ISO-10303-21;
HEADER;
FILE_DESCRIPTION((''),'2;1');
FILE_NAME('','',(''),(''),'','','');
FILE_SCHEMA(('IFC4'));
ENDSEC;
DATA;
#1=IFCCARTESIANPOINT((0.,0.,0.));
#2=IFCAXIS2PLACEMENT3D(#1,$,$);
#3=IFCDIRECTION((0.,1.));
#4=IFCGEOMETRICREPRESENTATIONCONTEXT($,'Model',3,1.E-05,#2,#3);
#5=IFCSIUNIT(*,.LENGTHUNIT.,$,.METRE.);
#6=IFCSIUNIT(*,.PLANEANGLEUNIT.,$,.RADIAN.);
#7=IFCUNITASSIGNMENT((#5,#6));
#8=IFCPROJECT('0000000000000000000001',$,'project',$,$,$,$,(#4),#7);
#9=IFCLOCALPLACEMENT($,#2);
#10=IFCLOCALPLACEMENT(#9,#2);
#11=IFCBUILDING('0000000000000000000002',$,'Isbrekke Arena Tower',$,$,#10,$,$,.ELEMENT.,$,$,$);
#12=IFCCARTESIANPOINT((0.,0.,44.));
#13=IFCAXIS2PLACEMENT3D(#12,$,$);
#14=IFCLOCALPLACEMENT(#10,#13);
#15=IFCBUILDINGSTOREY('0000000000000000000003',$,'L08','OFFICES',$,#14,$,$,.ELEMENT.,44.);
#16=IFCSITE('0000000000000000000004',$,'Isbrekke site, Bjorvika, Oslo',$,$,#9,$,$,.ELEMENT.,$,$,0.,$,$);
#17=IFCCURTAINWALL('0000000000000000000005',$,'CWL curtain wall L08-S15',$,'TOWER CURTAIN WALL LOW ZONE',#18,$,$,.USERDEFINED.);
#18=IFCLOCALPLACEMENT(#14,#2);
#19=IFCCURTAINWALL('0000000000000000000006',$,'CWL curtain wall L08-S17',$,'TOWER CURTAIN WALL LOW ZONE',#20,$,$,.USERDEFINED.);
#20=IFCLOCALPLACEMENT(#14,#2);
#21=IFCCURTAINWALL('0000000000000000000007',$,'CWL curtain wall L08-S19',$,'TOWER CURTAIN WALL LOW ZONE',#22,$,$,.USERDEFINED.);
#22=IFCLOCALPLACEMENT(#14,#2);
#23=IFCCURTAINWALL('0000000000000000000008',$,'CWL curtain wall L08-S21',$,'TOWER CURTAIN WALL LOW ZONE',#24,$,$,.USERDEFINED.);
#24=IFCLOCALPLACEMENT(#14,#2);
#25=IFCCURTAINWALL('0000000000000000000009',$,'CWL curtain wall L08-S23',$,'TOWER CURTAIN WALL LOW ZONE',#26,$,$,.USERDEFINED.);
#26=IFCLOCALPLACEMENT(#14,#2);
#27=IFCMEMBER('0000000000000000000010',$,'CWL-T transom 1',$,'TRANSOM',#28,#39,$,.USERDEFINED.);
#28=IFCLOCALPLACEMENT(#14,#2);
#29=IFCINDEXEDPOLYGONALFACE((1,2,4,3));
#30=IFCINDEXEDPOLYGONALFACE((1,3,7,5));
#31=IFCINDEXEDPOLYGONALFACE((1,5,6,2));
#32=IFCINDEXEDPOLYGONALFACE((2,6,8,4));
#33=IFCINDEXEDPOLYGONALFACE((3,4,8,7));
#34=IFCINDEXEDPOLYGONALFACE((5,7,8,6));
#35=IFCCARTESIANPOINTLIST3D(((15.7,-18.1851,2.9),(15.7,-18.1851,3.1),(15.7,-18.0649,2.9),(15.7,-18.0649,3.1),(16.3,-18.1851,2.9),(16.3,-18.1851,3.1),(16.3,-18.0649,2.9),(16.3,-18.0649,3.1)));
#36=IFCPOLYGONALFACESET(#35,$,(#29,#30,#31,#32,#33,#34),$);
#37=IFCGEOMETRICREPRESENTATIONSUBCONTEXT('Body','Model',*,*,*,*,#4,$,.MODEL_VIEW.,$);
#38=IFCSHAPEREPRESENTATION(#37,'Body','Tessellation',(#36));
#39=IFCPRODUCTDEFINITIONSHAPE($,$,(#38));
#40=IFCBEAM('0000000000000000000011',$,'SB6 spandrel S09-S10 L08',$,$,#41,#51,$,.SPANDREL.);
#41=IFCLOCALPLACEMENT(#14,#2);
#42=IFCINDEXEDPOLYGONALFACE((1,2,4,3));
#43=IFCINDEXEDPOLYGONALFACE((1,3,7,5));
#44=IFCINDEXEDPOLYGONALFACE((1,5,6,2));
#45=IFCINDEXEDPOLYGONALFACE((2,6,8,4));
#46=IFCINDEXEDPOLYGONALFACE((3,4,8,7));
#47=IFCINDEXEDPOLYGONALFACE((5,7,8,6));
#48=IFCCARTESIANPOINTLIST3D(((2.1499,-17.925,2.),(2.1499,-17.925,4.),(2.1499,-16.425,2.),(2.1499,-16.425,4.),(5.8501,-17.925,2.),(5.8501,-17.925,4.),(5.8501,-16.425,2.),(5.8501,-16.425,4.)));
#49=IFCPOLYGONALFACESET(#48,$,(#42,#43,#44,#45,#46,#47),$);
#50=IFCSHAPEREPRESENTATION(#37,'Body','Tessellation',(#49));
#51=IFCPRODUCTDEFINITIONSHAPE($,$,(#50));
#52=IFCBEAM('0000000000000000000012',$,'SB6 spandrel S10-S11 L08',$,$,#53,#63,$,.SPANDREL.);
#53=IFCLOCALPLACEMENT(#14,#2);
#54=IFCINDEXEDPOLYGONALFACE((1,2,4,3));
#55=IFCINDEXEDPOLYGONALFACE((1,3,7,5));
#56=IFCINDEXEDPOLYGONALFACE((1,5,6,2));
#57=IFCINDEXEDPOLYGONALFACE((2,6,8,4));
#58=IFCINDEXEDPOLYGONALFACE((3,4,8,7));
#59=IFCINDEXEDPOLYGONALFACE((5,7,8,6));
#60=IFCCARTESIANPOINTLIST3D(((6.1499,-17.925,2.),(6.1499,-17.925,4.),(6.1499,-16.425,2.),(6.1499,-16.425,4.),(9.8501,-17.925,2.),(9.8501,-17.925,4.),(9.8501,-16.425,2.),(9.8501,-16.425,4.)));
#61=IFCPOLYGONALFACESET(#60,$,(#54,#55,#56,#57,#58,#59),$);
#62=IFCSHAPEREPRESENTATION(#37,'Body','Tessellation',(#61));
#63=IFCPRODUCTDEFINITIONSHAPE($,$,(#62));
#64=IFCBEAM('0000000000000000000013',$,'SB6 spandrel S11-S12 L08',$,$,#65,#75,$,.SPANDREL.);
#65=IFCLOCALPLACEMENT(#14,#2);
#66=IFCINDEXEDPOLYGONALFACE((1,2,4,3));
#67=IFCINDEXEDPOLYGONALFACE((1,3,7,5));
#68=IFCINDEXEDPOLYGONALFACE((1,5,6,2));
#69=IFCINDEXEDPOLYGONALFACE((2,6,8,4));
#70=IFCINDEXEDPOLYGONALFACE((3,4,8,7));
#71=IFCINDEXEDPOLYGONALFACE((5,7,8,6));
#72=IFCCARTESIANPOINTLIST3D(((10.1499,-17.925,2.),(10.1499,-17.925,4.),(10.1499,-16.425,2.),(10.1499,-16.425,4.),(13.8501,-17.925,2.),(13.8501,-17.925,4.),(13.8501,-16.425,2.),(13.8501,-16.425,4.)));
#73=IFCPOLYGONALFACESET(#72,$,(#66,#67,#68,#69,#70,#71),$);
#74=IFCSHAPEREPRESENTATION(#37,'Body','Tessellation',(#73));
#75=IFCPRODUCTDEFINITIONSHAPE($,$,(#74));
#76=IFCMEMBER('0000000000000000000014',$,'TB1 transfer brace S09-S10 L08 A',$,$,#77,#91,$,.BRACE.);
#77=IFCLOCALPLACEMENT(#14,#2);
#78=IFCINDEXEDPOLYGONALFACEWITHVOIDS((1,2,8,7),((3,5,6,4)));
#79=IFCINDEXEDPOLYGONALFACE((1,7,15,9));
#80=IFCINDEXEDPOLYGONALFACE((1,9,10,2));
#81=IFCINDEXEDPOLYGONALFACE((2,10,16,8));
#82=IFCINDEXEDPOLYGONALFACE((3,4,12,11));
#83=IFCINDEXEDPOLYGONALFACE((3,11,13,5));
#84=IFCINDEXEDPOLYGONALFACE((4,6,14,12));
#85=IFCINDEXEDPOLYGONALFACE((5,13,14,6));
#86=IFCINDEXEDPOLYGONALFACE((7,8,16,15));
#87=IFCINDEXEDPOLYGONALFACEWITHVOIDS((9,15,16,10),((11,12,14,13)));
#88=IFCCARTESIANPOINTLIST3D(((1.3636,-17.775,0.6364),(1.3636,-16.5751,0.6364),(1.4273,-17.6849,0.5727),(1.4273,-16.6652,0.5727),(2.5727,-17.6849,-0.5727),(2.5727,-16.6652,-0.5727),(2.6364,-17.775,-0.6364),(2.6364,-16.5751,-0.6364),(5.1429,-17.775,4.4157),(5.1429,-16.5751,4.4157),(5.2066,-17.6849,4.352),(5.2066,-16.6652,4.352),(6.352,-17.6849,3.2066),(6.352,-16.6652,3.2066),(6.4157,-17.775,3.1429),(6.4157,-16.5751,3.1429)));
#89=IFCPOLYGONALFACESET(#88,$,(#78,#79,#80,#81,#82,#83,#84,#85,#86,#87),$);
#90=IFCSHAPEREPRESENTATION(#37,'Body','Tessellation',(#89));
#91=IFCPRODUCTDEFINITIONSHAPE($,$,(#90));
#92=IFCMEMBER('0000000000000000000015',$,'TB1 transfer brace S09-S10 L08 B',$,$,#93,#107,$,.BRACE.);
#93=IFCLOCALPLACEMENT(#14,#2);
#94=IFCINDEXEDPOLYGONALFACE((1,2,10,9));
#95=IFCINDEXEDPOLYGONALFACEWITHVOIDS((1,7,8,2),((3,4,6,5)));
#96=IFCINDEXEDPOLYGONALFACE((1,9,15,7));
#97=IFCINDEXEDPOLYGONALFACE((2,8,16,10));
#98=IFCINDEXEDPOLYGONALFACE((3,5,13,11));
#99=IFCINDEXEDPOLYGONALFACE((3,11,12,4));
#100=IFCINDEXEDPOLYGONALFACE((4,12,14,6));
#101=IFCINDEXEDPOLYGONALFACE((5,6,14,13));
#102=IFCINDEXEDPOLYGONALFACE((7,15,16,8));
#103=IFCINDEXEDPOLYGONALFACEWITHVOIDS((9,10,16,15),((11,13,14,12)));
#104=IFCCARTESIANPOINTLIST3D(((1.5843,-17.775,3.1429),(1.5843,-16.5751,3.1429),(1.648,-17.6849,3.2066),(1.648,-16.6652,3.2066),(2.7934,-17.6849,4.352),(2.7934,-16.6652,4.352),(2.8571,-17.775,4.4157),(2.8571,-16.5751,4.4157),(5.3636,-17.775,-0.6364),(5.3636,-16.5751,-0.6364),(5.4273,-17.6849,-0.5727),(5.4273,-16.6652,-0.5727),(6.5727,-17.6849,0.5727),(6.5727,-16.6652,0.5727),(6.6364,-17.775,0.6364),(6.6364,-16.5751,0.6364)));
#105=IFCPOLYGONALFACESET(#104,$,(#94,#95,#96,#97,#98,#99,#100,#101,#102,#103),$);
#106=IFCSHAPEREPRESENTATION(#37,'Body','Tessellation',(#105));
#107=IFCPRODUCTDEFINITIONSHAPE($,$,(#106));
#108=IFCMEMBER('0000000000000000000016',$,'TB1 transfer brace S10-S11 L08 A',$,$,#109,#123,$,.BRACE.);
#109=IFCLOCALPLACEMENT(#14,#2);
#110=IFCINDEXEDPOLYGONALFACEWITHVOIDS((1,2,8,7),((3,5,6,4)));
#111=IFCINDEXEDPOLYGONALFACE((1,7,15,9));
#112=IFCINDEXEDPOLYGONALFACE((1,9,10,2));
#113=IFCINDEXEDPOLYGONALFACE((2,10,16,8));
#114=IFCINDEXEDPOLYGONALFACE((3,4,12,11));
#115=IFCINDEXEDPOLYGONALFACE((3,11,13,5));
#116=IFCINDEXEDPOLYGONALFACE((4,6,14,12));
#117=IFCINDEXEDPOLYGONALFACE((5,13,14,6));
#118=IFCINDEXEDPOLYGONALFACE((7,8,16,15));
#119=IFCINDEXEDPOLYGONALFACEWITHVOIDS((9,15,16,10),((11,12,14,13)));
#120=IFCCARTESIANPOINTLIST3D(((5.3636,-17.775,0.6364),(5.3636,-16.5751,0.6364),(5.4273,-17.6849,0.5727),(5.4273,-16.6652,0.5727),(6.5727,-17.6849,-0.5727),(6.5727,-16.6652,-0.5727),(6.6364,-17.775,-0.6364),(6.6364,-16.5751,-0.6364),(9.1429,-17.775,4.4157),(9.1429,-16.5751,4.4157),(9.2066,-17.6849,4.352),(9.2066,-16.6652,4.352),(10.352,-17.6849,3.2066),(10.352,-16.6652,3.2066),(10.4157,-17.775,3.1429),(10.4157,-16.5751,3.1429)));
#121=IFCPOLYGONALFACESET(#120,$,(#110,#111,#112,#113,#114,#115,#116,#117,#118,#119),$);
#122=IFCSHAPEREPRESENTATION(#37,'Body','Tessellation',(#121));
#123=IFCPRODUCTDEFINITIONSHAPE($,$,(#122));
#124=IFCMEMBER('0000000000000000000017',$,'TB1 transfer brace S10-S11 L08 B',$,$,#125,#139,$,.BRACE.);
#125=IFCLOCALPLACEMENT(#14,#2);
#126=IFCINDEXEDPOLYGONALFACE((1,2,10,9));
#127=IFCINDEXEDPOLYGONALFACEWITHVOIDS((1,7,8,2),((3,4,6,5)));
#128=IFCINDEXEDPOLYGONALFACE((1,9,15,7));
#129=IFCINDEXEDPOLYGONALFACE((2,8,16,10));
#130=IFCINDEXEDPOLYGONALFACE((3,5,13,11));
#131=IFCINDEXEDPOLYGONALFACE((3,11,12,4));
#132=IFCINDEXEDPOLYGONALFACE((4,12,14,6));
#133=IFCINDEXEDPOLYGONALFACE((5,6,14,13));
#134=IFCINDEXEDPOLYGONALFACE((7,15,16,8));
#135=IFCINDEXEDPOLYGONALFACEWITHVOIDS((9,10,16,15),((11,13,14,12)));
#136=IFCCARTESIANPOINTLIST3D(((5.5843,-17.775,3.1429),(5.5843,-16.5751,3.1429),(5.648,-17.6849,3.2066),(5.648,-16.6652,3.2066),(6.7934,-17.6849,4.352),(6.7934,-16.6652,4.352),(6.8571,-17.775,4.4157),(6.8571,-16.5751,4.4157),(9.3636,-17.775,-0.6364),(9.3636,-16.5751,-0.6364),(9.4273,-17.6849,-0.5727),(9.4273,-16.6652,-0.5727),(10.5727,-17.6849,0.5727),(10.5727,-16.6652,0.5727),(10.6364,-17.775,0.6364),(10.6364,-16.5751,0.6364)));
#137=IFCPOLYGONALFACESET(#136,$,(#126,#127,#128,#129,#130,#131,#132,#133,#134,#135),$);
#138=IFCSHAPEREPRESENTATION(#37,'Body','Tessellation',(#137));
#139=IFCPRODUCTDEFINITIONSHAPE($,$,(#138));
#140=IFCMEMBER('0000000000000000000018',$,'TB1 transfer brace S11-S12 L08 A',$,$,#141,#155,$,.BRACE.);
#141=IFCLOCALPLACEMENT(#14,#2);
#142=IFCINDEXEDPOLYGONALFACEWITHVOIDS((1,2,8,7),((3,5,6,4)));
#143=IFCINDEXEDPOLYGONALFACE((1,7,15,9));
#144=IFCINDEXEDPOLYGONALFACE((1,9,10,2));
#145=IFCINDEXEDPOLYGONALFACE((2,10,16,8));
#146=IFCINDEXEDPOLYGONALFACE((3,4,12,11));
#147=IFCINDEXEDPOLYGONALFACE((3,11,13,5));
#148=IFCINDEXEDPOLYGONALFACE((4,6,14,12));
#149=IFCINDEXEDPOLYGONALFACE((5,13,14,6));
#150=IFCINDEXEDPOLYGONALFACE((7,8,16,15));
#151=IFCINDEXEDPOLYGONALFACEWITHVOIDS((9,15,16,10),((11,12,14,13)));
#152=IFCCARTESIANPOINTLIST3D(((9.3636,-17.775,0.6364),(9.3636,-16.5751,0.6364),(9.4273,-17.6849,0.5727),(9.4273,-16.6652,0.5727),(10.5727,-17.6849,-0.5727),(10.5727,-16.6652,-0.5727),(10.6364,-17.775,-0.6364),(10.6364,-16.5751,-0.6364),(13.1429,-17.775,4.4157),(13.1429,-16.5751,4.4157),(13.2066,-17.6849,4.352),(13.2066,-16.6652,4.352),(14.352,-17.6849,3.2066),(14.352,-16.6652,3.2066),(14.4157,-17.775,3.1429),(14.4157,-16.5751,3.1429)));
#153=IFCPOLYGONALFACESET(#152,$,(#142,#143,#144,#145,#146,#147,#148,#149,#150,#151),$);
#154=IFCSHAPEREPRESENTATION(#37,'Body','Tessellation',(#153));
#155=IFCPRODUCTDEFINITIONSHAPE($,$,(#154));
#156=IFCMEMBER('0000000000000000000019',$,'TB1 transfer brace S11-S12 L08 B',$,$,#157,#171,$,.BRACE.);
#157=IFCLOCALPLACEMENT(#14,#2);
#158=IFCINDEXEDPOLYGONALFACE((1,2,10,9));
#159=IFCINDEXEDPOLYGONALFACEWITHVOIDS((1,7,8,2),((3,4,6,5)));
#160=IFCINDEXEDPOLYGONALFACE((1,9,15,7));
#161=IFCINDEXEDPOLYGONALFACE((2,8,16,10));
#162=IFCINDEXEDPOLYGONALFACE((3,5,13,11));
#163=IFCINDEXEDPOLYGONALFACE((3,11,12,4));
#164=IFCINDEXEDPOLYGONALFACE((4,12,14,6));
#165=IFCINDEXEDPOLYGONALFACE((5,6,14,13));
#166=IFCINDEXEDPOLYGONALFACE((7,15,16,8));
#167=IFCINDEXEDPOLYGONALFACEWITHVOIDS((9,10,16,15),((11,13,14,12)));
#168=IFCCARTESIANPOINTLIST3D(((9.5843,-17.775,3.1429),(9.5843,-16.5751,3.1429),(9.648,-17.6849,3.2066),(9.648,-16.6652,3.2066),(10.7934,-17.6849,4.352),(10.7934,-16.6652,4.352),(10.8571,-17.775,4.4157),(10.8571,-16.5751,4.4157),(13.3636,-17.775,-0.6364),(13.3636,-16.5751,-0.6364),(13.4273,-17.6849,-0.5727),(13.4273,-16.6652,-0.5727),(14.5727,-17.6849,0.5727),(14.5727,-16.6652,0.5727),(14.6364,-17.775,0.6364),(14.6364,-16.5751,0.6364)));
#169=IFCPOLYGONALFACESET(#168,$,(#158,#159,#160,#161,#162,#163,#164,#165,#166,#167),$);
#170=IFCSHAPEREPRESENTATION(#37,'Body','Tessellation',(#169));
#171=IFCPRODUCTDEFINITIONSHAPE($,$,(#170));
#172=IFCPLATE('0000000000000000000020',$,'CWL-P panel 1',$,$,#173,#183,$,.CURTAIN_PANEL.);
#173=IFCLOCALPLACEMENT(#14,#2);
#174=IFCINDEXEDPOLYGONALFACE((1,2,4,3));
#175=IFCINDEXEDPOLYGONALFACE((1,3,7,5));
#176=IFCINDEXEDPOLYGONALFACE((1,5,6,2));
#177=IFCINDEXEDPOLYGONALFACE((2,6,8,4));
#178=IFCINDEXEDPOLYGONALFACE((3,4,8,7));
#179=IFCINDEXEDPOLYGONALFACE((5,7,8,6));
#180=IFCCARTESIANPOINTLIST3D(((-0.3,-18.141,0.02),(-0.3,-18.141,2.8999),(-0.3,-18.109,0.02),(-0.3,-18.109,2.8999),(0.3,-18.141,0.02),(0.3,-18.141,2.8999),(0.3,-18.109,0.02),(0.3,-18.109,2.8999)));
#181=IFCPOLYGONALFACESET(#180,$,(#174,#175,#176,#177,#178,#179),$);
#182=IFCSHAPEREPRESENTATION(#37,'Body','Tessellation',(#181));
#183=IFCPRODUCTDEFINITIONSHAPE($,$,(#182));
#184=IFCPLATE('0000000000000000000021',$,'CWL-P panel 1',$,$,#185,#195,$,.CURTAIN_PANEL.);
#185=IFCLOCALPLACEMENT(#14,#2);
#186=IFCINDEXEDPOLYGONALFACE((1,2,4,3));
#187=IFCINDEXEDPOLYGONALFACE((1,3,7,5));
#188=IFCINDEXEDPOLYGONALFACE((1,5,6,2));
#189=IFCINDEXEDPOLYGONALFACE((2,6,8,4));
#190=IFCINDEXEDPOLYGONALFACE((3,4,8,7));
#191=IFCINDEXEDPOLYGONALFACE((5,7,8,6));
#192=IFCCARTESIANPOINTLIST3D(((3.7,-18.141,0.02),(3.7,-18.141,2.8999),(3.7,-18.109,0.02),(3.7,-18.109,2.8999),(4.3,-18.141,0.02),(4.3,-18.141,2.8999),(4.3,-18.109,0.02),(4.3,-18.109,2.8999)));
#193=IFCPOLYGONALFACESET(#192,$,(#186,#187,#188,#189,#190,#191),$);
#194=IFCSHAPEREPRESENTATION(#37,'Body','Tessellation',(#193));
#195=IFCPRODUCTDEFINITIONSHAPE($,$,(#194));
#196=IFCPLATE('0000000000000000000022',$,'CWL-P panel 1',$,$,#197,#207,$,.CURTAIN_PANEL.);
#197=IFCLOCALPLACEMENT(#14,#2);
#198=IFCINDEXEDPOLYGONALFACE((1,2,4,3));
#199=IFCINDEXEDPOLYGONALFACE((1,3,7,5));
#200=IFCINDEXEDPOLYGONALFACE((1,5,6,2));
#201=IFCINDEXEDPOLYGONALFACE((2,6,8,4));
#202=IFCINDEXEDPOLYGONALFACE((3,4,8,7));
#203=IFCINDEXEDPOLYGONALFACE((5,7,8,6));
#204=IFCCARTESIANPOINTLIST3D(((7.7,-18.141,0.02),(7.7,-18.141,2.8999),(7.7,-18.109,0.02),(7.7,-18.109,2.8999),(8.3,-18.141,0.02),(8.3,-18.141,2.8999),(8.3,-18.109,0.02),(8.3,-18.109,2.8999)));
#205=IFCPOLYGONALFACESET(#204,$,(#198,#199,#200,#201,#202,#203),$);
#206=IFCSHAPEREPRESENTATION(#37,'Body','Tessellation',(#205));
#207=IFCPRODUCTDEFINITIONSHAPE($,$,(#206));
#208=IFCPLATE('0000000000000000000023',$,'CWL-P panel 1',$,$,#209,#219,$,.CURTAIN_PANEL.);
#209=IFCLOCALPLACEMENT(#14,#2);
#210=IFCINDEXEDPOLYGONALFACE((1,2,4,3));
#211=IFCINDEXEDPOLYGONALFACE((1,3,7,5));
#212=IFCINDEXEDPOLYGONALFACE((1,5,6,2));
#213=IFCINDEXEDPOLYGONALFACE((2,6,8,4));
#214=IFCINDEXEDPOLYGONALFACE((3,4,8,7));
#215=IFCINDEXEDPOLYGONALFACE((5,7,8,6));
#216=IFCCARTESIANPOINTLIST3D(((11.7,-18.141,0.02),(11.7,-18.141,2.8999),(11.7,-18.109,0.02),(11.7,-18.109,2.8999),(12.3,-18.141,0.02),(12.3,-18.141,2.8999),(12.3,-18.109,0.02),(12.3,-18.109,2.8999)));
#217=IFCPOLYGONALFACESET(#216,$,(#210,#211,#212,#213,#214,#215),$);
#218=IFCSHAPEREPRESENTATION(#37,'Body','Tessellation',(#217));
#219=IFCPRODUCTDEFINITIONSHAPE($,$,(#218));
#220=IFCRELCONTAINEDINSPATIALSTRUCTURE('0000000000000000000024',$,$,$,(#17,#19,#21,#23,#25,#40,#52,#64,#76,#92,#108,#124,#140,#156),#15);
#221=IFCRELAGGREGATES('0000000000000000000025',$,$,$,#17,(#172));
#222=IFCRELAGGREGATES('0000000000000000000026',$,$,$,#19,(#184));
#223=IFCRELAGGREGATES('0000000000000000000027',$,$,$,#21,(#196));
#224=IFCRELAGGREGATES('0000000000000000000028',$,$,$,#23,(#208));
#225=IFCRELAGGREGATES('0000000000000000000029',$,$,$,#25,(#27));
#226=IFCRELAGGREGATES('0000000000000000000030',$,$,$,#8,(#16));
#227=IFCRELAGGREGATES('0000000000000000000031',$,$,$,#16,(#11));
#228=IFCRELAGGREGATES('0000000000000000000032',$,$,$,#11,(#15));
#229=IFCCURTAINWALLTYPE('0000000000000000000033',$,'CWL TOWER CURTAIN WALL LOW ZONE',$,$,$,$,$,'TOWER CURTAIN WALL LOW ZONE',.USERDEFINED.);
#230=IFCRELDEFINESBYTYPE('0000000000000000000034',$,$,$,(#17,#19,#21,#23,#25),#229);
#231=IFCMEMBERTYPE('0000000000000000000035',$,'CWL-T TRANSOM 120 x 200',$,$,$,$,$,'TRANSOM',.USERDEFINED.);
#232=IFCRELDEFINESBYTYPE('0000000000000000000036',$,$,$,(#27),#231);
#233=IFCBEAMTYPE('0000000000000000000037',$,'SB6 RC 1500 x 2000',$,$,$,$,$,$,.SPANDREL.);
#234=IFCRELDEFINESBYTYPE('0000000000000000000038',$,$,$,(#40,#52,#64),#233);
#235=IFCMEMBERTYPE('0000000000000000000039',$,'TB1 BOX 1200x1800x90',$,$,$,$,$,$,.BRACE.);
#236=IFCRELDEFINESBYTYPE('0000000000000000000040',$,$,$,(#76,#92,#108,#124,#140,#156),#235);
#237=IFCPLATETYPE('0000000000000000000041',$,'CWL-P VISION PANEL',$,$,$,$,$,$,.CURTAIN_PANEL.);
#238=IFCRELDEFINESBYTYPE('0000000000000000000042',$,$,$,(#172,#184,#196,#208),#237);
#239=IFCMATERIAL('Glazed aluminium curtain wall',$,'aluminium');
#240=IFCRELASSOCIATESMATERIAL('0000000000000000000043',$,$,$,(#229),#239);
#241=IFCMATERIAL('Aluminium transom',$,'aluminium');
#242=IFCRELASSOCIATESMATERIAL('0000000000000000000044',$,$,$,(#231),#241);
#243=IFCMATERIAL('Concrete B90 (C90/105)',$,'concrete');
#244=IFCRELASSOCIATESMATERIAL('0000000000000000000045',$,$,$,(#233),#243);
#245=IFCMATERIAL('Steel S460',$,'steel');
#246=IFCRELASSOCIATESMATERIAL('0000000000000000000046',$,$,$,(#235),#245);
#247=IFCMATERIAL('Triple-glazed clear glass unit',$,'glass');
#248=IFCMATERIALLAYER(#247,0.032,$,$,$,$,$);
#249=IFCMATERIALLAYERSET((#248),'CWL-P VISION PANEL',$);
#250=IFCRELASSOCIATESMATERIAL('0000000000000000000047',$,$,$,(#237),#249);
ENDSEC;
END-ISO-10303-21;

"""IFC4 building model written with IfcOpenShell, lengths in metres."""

from ifc_helpers import new_model, si_unit, direction, frame, origin, origin_2d, place, context, subcontext, project, spatial, rectangle, hollow_rectangle, extrude, material, layer, layer_set, material_profile, profile_set, type_object, element, aggregate, save


model = new_model("IFC4")

# Units and contexts
model_context = context("Model", 3, precision=1e-05, world=origin(), true_north=direction((0.0, 1.0)))
body_context = subcontext(model_context, "Body", "Model", "MODEL_VIEW")
ifc_project = project(units=[si_unit("LENGTHUNIT", "METRE"), si_unit("PLANEANGLEUNIT", "RADIAN")], contexts=[model_context])

# Site, building, storey
site_placement = place(None, origin())
site = spatial("IfcSite", under=ifc_project, at=site_placement, Name="Isbrekke site, Bjorvika, Oslo", CompositionType="ELEMENT", RefElevation=0.0)
building_placement = place(site_placement, origin())
building = spatial("IfcBuilding", under=site, at=building_placement, Name="Isbrekke Arena Tower", CompositionType="ELEMENT")
storey_placement = place(building_placement, frame((0.0, 0.0, 44.0)))
storey = spatial("IfcBuildingStorey", under=building, at=storey_placement, Name="L08", Description="OFFICES", CompositionType="ELEMENT", Elevation=44.0)

# Curtain wall
ifc_material_1 = material(Name="Glazed aluminium curtain wall", Category="aluminium")
curtain_wall_type = type_object("IfcCurtainWallType", Name="CWL TOWER CURTAIN WALL LOW ZONE", ElementType="TOWER CURTAIN WALL LOW ZONE", PredefinedType="USERDEFINED", material=ifc_material_1)
curtain_wall_1_placement = place(storey_placement, origin())
curtain_wall_1 = element("IfcCurtainWall", 1, at=curtain_wall_1_placement, inside=storey, type_object=curtain_wall_type, Name="CWL curtain wall L08-S15", ObjectType="TOWER CURTAIN WALL LOW ZONE", PredefinedType="USERDEFINED")

# Curtain walls
curtain_wall_2_placement = place(storey_placement, origin())
curtain_wall_2 = element("IfcCurtainWall", 2, at=curtain_wall_2_placement, inside=storey, type_object=curtain_wall_type, Name="CWL curtain wall L08-S17", ObjectType="TOWER CURTAIN WALL LOW ZONE", PredefinedType="USERDEFINED")
curtain_wall_3_placement = place(storey_placement, origin())
curtain_wall_3 = element("IfcCurtainWall", 3, at=curtain_wall_3_placement, inside=storey, type_object=curtain_wall_type, Name="CWL curtain wall L08-S19", ObjectType="TOWER CURTAIN WALL LOW ZONE", PredefinedType="USERDEFINED")
curtain_wall_4_placement = place(storey_placement, origin())
curtain_wall_4 = element("IfcCurtainWall", 4, at=curtain_wall_4_placement, inside=storey, type_object=curtain_wall_type, Name="CWL curtain wall L08-S21", ObjectType="TOWER CURTAIN WALL LOW ZONE", PredefinedType="USERDEFINED")
curtain_wall_5_placement = place(storey_placement, origin())
curtain_wall_5 = element("IfcCurtainWall", 5, at=curtain_wall_5_placement, inside=storey, type_object=curtain_wall_type, Name="CWL curtain wall L08-S23", ObjectType="TOWER CURTAIN WALL LOW ZONE", PredefinedType="USERDEFINED")

# Member
ifc_material_2 = material(Name="Aluminium transom", Category="aluminium")
ifc_material_profile_1 = material_profile(ifc_material_2, rectangle(XDim=0.1201, YDim=0.2, at=origin_2d()), Name="TRANSOM 120X200")
ifc_profile_set_1 = profile_set([ifc_material_profile_1], Name="Aluminium transom")
member_type_1 = type_object("IfcMemberType", Name="CWL-T TRANSOM 120 x 200", ElementType="TRANSOM", PredefinedType="USERDEFINED", material=ifc_profile_set_1)
member_1_placement = place(storey_placement, frame((15.7, -18.125, 3.0), z_axis=(1.0, 0.0, 0.0), x_axis=(0.0, 1.0, 0.0)))
member_1 = element("IfcMember", 6, at=member_1_placement, type_object=member_type_1, Name="CWL-T transom 1", ObjectType="TRANSOM", PredefinedType="USERDEFINED", context=body_context, shape_type="SweptSolid", body=[
    extrude(rectangle(XDim=0.1201, YDim=0.2, at=origin_2d()), origin(), (0.0, 0.0, 1.0), 0.6001),
])

# Beams
ifc_material_3 = material(Name="Concrete B90 (C90/105)", Category="concrete")
ifc_material_profile_2 = material_profile(ifc_material_3, rectangle(XDim=1.5, YDim=2.0, at=origin_2d()), Name="RC 1500x2000")
ifc_profile_set_2 = profile_set([ifc_material_profile_2], Name="Concrete B90 (C90/105)")
beam_type = type_object("IfcBeamType", Name="SB6 RC 1500 x 2000", PredefinedType="SPANDREL", material=ifc_profile_set_2)
for number, where, z_axis, x_axis, name in (
    (7, (2.1499, -17.175, 3.0), (1.0, 0.0, 0.0), (0.0, 1.0, 0.0), "SB6 spandrel S09-S10 L08"),
    (8, (6.1499, -17.175, 3.0), (1.0, 0.0, 0.0), (0.0, 1.0, 0.0), "SB6 spandrel S10-S11 L08"),
    (9, (10.1499, -17.175, 3.0), (1.0, 0.0, 0.0), (0.0, 1.0, 0.0), "SB6 spandrel S11-S12 L08"),
):
    element("IfcBeam", number, at=place(storey_placement, frame(where, z_axis=z_axis, x_axis=x_axis)), inside=storey, type_object=beam_type, Name=name, PredefinedType="SPANDREL", context=body_context, shape_type="SweptSolid", body=[
        extrude(rectangle(XDim=1.5, YDim=2.0, at=origin_2d()), origin(), (0.0, 0.0, 1.0), 3.7002),
    ])

# Members
ifc_material_4 = material(Name="Steel S460", Category="steel")
ifc_material_profile_3 = material_profile(ifc_material_4, hollow_rectangle(XDim=1.2, YDim=1.8, WallThickness=0.0901, at=origin_2d()), Name="BOX 1200x1800x90")
ifc_profile_set_3 = profile_set([ifc_material_profile_3], Name="Steel S460")
member_type_2 = type_object("IfcMemberType", Name="TB1 BOX 1200x1800x90", PredefinedType="BRACE", material=ifc_profile_set_3)
for number, where, z_axis, x_axis, name in (
    (10, (2.0, -17.175, 0.0), (0.707107, 0.0, 0.707107), (0.0, 1.0, 0.0), "TB1 transfer brace S09-S10 L08 A"),
    (11, (2.2207, -17.175, 3.7793), (0.707107, 0.0, -0.707107), (0.0, 1.0, 0.0), "TB1 transfer brace S09-S10 L08 B"),
    (12, (6.0, -17.175, 0.0), (0.707107, 0.0, 0.707107), (0.0, 1.0, 0.0), "TB1 transfer brace S10-S11 L08 A"),
    (13, (6.2207, -17.175, 3.7793), (0.707107, 0.0, -0.707107), (0.0, 1.0, 0.0), "TB1 transfer brace S10-S11 L08 B"),
    (14, (10.0, -17.175, 0.0), (0.707107, 0.0, 0.707107), (0.0, 1.0, 0.0), "TB1 transfer brace S11-S12 L08 A"),
    (15, (10.2207, -17.175, 3.7793), (0.707107, 0.0, -0.707107), (0.0, 1.0, 0.0), "TB1 transfer brace S11-S12 L08 B"),
):
    element("IfcMember", number, at=place(storey_placement, frame(where, z_axis=z_axis, x_axis=x_axis)), inside=storey, type_object=member_type_2, Name=name, PredefinedType="BRACE", context=body_context, shape_type="SweptSolid", body=[
        extrude(hollow_rectangle(XDim=1.2, YDim=1.8, WallThickness=0.0901, at=origin_2d()), origin(), (0.0, 0.0, 1.0), 5.3447),
    ])

# Plates
ifc_material_5 = material(Name="Triple-glazed clear glass unit", Category="glass")
ifc_layer = layer(ifc_material_5, 0.032)
ifc_layer_set = layer_set([ifc_layer], Name="CWL-P VISION PANEL")
plate_type = type_object("IfcPlateType", Name="CWL-P VISION PANEL", PredefinedType="CURTAIN_PANEL", material=ifc_layer_set)
plate_1_placement = place(storey_placement, frame((0.0, -18.125, 0.02), z_axis=(0.0, 0.0, 1.0), x_axis=(1.0, 0.0, 0.0)))
plate_1 = element("IfcPlate", 16, at=plate_1_placement, type_object=plate_type, Name="CWL-P panel 1", PredefinedType="CURTAIN_PANEL", context=body_context, shape_type="SweptSolid", body=[
    extrude(rectangle(XDim=0.6001, YDim=0.032, at=origin_2d()), origin(), (0.0, 0.0, 1.0), 2.8799),
])
aggregate(curtain_wall_1, [plate_1])
plate_2_placement = place(storey_placement, frame((4.0, -18.125, 0.02), z_axis=(0.0, 0.0, 1.0), x_axis=(1.0, 0.0, 0.0)))
plate_2 = element("IfcPlate", 17, at=plate_2_placement, type_object=plate_type, Name="CWL-P panel 1", PredefinedType="CURTAIN_PANEL", context=body_context, shape_type="SweptSolid", body=[
    extrude(rectangle(XDim=0.6001, YDim=0.032, at=origin_2d()), origin(), (0.0, 0.0, 1.0), 2.8799),
])
aggregate(curtain_wall_2, [plate_2])
plate_3_placement = place(storey_placement, frame((8.0, -18.125, 0.02), z_axis=(0.0, 0.0, 1.0), x_axis=(1.0, 0.0, 0.0)))
plate_3 = element("IfcPlate", 18, at=plate_3_placement, type_object=plate_type, Name="CWL-P panel 1", PredefinedType="CURTAIN_PANEL", context=body_context, shape_type="SweptSolid", body=[
    extrude(rectangle(XDim=0.6001, YDim=0.032, at=origin_2d()), origin(), (0.0, 0.0, 1.0), 2.8799),
])
aggregate(curtain_wall_3, [plate_3])
plate_4_placement = place(storey_placement, frame((12.0, -18.125, 0.02), z_axis=(0.0, 0.0, 1.0), x_axis=(1.0, 0.0, 0.0)))
plate_4 = element("IfcPlate", 19, at=plate_4_placement, type_object=plate_type, Name="CWL-P panel 1", PredefinedType="CURTAIN_PANEL", context=body_context, shape_type="SweptSolid", body=[
    extrude(rectangle(XDim=0.6001, YDim=0.032, at=origin_2d()), origin(), (0.0, 0.0, 1.0), 2.8799),
])
aggregate(curtain_wall_4, [plate_4])
aggregate(curtain_wall_5, [member_1])

save(model, "model.ifc")
